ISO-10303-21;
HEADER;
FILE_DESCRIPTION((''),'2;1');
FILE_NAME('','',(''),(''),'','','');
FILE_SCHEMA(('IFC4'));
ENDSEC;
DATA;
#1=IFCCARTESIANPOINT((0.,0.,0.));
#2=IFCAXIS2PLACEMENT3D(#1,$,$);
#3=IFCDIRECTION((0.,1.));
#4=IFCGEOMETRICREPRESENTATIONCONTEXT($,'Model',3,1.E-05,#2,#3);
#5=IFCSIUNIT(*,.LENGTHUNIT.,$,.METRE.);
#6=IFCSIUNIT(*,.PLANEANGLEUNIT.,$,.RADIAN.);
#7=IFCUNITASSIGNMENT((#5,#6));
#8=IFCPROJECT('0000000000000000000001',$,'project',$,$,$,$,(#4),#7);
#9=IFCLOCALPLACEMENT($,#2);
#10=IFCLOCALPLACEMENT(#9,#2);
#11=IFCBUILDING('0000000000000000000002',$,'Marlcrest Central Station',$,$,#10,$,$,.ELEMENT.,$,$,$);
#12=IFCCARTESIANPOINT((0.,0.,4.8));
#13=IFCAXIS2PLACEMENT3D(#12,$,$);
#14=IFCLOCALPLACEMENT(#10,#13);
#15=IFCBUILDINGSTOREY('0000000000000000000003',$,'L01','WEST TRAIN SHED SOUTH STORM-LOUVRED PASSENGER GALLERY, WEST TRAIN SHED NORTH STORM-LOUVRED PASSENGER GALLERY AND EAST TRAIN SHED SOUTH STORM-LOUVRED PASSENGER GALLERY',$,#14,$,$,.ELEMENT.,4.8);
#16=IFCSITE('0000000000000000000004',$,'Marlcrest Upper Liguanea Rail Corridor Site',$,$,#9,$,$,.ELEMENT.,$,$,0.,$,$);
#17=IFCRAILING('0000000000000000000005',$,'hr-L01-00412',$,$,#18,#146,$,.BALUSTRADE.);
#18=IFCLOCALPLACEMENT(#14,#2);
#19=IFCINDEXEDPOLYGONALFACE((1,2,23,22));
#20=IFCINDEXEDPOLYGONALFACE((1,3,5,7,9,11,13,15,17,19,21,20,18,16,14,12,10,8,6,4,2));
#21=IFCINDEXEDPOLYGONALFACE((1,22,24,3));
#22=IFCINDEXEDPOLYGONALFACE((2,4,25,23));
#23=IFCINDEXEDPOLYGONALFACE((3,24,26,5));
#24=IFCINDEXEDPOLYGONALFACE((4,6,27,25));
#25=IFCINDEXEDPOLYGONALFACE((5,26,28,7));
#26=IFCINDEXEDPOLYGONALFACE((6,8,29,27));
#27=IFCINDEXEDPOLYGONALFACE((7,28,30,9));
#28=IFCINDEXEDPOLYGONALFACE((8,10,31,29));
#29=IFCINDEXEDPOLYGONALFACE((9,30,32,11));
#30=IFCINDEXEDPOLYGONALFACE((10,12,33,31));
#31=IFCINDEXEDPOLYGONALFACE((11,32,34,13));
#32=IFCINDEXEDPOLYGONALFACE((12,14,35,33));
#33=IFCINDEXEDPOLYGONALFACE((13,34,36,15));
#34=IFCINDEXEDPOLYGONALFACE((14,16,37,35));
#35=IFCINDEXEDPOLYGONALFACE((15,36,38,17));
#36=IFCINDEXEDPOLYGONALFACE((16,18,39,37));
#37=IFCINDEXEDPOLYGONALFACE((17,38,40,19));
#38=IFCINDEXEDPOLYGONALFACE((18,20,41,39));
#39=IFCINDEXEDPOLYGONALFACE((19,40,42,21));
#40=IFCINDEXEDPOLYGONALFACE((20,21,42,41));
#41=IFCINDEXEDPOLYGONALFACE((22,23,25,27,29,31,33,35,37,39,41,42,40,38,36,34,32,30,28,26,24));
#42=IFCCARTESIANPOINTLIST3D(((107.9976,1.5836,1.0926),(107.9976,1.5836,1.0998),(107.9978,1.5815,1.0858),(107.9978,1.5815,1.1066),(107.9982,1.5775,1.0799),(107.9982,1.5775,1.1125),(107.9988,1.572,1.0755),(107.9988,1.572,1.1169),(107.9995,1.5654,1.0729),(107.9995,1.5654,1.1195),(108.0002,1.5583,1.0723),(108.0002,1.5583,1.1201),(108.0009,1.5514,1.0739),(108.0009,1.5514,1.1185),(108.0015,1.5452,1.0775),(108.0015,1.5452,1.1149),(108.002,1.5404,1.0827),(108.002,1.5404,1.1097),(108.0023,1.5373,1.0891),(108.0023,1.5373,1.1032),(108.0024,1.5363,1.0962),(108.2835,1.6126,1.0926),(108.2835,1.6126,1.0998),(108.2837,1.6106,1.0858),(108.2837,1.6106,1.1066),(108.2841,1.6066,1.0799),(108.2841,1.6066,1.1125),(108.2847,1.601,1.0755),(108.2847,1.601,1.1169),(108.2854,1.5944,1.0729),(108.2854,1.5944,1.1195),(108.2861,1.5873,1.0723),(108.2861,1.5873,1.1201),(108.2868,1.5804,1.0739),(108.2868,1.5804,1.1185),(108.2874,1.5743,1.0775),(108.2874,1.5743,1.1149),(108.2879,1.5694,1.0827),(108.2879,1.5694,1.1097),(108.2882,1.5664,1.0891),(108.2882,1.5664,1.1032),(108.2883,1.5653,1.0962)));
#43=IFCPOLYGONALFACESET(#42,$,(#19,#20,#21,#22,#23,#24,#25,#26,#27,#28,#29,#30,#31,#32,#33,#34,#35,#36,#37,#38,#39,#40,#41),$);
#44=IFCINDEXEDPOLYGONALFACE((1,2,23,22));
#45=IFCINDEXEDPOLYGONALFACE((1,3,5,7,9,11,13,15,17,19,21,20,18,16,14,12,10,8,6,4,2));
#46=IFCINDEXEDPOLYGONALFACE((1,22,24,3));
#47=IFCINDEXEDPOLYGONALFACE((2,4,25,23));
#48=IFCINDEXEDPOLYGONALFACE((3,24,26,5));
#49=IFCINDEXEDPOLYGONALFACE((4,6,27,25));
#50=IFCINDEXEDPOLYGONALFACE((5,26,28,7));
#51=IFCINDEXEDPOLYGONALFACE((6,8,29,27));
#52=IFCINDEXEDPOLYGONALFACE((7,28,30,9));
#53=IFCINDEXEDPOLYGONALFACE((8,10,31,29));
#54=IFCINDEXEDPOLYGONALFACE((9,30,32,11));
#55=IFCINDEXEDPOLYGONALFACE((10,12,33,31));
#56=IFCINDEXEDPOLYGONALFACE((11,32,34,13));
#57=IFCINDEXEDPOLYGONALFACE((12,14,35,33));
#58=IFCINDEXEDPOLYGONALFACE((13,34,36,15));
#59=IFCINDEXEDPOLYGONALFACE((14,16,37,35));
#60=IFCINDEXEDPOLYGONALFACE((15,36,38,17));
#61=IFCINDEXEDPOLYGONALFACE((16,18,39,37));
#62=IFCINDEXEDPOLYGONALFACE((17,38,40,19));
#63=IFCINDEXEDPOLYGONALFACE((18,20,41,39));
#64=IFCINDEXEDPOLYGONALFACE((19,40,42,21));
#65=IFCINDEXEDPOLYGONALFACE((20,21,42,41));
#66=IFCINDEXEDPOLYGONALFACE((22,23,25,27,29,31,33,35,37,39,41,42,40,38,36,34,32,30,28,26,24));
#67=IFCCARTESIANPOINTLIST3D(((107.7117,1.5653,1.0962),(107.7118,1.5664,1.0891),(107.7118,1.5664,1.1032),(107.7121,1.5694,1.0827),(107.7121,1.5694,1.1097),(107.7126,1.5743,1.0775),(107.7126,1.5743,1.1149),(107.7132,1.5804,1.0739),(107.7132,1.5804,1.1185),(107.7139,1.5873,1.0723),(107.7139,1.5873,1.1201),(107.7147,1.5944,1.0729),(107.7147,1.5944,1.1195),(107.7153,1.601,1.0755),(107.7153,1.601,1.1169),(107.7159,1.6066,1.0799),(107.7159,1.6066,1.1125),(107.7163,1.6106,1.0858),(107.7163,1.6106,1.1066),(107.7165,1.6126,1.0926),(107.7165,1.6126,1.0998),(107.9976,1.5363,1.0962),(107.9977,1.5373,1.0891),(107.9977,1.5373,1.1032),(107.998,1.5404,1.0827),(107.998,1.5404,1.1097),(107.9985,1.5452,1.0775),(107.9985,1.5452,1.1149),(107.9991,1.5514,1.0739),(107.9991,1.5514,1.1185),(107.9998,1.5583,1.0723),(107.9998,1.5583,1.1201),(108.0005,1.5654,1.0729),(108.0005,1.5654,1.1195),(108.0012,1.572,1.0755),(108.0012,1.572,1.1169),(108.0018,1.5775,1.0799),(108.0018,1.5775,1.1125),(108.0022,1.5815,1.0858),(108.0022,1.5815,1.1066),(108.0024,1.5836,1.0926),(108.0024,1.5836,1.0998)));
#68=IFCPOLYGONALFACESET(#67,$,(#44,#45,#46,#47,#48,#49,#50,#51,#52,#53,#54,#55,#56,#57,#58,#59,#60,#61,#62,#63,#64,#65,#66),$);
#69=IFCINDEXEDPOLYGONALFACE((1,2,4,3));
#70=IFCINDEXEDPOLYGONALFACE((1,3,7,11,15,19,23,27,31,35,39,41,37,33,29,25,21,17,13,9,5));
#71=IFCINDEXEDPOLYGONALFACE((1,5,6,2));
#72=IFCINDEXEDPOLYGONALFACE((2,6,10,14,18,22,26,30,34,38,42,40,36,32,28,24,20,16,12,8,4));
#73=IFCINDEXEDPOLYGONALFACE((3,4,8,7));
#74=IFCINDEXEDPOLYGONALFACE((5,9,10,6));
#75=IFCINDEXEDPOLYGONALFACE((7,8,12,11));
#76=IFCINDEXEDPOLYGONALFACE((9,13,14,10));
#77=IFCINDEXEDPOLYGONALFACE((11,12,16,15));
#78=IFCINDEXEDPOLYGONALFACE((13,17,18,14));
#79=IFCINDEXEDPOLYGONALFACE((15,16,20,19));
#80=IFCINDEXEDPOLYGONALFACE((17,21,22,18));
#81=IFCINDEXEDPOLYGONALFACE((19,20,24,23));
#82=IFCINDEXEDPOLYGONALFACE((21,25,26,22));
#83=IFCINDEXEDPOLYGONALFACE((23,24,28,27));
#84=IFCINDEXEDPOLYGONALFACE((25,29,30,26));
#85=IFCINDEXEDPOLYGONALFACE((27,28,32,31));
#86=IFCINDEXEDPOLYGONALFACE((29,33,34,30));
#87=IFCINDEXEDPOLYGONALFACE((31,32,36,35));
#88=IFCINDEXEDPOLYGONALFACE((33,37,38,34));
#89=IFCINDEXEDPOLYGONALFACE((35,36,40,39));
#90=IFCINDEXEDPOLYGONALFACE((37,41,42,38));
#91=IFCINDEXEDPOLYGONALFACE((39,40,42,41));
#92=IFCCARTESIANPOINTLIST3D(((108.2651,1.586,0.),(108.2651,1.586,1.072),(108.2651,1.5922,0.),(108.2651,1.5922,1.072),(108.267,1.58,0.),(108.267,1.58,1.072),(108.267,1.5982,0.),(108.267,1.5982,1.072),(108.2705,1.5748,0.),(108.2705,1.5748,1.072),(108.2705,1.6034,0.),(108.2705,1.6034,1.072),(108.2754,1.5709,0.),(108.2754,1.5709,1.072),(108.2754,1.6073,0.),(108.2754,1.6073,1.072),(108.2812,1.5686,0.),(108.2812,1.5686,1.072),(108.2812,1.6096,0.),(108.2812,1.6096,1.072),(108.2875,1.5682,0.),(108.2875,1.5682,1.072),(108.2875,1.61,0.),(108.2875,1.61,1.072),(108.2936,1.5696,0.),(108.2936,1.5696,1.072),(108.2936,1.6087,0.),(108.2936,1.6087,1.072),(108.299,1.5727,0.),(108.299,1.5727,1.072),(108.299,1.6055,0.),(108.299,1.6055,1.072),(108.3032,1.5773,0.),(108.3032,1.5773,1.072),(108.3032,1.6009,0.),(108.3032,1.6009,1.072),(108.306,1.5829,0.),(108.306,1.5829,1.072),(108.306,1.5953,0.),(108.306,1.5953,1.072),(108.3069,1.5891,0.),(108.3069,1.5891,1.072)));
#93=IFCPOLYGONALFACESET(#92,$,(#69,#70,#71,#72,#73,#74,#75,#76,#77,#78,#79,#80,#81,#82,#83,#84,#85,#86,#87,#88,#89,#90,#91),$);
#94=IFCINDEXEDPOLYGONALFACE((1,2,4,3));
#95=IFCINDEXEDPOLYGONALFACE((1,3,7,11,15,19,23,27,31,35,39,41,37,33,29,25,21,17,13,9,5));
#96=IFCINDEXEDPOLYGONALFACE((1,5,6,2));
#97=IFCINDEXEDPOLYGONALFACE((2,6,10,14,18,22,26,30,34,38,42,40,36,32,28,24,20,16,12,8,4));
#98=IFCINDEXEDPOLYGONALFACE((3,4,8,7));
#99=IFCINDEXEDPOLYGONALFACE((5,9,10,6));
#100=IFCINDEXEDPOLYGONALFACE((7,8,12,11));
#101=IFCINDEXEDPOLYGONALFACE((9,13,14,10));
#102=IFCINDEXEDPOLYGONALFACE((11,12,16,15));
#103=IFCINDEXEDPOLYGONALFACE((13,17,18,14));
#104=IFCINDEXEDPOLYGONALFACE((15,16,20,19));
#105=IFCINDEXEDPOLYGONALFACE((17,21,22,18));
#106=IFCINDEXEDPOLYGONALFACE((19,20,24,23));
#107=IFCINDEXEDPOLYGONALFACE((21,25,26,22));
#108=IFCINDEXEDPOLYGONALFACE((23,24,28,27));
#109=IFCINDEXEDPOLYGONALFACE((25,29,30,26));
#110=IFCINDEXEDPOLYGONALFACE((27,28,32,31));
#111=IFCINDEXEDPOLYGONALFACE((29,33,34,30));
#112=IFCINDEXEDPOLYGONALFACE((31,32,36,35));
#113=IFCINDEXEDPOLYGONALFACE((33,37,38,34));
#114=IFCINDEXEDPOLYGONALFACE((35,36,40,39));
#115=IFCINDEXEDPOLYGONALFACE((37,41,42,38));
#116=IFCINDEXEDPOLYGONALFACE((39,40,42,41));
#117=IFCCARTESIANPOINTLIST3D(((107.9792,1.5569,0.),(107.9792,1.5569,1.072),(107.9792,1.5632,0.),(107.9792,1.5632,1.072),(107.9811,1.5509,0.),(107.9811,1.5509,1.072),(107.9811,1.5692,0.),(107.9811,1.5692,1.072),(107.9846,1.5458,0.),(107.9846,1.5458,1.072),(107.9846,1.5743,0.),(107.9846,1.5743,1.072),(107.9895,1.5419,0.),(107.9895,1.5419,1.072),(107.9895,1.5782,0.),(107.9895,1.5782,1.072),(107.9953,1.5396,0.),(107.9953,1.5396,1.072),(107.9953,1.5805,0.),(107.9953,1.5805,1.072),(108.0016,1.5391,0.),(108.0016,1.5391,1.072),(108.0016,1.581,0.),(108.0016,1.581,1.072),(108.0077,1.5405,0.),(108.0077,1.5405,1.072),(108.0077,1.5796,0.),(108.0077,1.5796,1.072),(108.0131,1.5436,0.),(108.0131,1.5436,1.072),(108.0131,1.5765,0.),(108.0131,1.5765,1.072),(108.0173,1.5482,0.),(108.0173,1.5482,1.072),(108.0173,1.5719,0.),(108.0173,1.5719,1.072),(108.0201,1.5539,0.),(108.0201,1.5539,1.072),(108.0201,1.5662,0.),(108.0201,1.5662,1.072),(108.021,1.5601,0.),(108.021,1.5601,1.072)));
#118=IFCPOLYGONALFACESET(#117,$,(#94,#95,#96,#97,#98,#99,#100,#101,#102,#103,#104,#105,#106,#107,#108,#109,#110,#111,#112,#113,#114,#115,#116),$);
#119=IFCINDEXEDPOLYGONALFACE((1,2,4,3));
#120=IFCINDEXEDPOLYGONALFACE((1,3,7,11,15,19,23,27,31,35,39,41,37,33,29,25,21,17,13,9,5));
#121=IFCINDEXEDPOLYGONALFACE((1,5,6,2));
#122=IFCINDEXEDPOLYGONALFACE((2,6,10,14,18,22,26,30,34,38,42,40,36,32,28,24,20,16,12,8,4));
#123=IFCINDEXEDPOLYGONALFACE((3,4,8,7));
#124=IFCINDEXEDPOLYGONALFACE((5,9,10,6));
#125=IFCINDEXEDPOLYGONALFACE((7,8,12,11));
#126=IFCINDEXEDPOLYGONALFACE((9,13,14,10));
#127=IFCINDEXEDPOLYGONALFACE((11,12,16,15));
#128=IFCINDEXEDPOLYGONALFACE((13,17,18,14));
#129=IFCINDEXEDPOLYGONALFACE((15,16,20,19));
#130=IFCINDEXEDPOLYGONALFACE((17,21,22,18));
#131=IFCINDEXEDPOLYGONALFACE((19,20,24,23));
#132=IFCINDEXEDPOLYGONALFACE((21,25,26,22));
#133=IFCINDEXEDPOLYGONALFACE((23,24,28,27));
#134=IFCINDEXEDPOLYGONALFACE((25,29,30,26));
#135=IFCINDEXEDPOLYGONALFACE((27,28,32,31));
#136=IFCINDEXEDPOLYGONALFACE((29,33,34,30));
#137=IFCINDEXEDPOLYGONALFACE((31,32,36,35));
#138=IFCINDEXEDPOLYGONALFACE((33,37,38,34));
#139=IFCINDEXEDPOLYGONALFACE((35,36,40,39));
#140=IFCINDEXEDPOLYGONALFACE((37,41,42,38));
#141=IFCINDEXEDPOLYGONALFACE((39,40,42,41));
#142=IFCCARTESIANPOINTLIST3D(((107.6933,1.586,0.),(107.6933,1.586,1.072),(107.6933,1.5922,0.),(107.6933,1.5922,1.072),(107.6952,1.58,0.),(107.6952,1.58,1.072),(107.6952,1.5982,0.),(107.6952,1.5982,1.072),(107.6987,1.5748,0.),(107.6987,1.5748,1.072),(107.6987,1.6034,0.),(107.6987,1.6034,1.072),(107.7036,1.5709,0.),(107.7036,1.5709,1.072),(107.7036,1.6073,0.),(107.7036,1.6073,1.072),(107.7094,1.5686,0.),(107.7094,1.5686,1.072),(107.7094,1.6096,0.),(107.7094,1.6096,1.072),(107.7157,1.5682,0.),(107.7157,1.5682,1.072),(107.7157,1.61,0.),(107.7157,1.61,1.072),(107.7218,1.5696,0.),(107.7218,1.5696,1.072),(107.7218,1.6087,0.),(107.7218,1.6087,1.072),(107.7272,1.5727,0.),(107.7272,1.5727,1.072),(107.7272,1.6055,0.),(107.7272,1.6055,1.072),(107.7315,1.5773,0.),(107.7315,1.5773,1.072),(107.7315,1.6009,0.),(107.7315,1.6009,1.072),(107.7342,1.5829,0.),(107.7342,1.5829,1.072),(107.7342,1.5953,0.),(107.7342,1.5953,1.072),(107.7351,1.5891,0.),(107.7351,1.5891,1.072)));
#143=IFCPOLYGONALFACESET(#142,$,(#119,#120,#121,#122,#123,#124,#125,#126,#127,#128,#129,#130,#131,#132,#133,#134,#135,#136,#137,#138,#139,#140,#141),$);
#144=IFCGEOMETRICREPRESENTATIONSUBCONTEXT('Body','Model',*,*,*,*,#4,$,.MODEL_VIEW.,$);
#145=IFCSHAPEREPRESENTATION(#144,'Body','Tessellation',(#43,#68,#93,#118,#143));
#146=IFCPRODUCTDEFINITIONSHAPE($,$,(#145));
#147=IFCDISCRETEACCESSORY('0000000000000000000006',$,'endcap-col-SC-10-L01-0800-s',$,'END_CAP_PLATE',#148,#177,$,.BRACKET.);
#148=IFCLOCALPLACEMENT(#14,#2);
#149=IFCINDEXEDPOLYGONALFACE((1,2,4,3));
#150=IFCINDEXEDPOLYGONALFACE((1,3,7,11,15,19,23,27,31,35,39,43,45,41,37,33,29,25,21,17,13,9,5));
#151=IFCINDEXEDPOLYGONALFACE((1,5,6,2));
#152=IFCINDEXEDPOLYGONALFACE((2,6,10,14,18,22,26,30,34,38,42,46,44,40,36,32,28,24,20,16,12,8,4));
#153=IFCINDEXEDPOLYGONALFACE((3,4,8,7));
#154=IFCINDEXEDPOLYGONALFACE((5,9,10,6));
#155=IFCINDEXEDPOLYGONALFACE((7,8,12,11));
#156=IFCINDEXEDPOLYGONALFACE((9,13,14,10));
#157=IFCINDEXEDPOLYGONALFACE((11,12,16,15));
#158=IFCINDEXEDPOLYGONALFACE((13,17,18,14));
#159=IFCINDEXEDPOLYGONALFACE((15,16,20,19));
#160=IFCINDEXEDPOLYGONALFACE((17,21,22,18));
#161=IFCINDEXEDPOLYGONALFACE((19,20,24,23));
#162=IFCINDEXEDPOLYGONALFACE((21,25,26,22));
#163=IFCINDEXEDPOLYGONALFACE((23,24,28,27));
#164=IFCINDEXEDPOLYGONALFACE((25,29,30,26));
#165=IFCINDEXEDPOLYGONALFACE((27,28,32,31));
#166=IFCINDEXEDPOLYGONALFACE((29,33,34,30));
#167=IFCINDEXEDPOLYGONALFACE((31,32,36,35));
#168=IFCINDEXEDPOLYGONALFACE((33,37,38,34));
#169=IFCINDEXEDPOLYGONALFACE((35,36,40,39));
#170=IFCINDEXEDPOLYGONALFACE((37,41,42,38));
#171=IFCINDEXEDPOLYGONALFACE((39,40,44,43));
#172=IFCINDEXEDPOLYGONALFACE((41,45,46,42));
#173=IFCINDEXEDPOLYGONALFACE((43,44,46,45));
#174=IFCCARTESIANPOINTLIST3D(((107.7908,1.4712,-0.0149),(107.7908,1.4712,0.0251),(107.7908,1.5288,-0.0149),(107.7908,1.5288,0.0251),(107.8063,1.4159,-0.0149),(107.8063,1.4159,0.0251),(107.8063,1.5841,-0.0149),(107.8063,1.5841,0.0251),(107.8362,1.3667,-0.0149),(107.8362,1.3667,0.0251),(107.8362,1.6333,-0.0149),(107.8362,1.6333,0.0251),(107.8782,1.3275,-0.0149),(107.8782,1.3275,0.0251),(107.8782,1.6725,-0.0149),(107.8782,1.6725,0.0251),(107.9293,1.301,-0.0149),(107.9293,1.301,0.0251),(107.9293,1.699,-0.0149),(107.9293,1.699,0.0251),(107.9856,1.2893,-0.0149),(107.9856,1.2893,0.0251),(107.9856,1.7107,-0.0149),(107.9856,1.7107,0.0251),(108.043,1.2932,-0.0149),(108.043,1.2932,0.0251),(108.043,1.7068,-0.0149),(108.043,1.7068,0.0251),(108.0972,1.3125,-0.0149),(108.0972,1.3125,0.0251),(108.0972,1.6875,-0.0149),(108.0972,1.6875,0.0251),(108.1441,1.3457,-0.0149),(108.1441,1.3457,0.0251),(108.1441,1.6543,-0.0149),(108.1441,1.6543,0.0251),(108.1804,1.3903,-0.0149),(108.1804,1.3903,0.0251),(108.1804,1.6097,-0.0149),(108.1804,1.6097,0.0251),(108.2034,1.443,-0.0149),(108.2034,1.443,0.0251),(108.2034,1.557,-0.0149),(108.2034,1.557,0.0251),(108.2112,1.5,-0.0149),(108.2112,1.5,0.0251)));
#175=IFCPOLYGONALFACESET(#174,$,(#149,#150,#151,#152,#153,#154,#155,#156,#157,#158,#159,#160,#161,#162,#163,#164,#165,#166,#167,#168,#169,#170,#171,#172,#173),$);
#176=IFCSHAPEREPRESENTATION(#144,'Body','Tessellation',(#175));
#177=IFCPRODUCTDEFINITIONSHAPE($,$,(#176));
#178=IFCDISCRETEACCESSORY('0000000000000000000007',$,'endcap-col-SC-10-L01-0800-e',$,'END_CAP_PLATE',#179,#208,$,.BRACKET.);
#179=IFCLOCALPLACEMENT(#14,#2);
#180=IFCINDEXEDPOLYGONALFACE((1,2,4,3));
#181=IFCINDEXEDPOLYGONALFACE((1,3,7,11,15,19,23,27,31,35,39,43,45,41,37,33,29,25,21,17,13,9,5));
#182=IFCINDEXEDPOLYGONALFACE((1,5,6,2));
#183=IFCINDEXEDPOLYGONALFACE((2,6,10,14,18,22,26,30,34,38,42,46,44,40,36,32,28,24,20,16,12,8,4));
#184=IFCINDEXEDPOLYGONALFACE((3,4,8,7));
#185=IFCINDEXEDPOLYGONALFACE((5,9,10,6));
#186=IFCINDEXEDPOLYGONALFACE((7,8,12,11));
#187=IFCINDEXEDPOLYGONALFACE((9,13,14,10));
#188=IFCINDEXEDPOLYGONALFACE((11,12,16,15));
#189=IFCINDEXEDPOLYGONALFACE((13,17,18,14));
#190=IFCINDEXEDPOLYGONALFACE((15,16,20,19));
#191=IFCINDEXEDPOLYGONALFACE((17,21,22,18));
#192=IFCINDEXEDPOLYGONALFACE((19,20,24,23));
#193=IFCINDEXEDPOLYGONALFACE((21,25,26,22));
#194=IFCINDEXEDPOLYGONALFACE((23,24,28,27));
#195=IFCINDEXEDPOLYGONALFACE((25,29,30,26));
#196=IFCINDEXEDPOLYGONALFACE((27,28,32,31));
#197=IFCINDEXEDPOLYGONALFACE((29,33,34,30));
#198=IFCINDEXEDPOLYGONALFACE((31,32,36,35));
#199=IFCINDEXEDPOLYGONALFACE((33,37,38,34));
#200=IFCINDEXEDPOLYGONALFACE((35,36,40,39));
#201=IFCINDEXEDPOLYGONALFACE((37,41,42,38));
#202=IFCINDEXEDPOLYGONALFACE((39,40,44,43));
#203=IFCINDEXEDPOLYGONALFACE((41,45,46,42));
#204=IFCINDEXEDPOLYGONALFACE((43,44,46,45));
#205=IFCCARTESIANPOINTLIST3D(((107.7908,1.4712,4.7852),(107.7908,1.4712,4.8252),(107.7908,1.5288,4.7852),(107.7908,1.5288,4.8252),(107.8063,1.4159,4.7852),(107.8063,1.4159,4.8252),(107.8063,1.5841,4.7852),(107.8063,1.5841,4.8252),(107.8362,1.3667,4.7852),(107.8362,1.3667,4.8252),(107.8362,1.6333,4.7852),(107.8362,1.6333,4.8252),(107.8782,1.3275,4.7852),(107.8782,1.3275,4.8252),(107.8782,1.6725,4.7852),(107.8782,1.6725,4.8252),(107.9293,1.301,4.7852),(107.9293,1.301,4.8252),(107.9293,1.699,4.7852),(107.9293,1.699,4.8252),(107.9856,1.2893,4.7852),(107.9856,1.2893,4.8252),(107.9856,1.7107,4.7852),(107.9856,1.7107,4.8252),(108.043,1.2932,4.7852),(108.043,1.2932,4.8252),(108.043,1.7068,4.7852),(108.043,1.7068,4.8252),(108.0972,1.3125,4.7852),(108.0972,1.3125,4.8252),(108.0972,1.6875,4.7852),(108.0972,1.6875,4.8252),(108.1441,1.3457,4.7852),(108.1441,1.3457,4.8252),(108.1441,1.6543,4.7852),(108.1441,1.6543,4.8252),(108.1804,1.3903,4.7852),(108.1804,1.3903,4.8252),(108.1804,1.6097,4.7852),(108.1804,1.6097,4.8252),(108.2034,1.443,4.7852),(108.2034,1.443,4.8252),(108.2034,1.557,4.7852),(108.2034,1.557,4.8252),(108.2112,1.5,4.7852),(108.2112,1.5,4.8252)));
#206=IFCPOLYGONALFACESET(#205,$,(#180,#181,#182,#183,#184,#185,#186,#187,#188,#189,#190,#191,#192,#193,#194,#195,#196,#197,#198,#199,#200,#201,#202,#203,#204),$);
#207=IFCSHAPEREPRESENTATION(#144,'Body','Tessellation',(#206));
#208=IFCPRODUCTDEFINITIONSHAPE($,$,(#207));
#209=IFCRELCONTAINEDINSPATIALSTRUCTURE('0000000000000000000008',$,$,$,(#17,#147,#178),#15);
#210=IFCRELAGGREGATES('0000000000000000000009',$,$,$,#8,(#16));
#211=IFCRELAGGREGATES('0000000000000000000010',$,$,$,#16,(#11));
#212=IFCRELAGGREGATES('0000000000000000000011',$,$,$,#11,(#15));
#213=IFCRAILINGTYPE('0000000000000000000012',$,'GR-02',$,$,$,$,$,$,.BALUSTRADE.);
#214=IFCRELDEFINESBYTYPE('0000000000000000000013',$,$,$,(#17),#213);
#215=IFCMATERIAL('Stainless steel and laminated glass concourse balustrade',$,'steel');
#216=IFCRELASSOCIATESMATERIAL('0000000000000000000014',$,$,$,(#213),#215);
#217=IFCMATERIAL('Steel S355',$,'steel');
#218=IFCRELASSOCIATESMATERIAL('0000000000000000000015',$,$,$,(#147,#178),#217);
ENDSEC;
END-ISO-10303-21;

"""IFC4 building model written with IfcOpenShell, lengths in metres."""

from ifc_helpers import new_model, si_unit, direction, frame, origin, origin_2d, place, context, subcontext, project, spatial, circle, extrude, material, type_object, element, save


model = new_model("IFC4")

# Units and contexts
model_context = context("Model", 3, precision=1e-05, world=origin(), true_north=direction((0.0, 1.0)))
body_context = subcontext(model_context, "Body", "Model", "MODEL_VIEW")
ifc_project = project(units=[si_unit("LENGTHUNIT", "METRE"), si_unit("PLANEANGLEUNIT", "RADIAN")], contexts=[model_context])

# Site, building, storey
site_placement = place(None, origin())
site = spatial("IfcSite", under=ifc_project, at=site_placement, Name="Marlcrest Upper Liguanea Rail Corridor Site", CompositionType="ELEMENT", RefElevation=0.0)
building_placement = place(site_placement, origin())
building = spatial("IfcBuilding", under=site, at=building_placement, Name="Marlcrest Central Station", CompositionType="ELEMENT")
storey_placement = place(building_placement, frame((0.0, 0.0, 4.8)))
storey = spatial("IfcBuildingStorey", under=building, at=storey_placement, Name="L01", Description="WEST TRAIN SHED SOUTH STORM-LOUVRED PASSENGER GALLERY, WEST TRAIN SHED NORTH STORM-LOUVRED PASSENGER GALLERY AND EAST TRAIN SHED SOUTH STORM-LOUVRED PASSENGER GALLERY", CompositionType="ELEMENT", Elevation=4.8)

# Shared definitions
ifc_material_1 = material(Name="Steel S355", Category="steel")

# Railing
ifc_material_2 = material(Name="Stainless steel and laminated glass concourse balustrade", Category="steel")
railing_type = type_object("IfcRailingType", Name="GR-02", PredefinedType="BALUSTRADE", material=ifc_material_2)
railing_1_placement = place(storey_placement, frame((108.2859, 1.5891, 0.0)))
element("IfcRailing", 1, at=railing_1_placement, inside=storey, type_object=railing_type, Name="hr-L01-00412", PredefinedType="BALUSTRADE", context=body_context, shape_type="SweptSolid", body=[
    extrude(circle(Radius=0.0239, at=origin_2d()), frame((0.0, 0.0, 1.0962), z_axis=(-0.994876, -0.101102, 0.0), x_axis=(0.101102, -0.994876, 0.0)), (0.0, 0.0, 1.0), 0.2874),
    extrude(circle(Radius=0.0239, at=origin_2d()), frame((-0.2859, -0.0291, 1.0962), z_axis=(-0.994876, 0.101102, 0.0), x_axis=(-0.101102, -0.994876, 0.0)), (0.0, 0.0, 1.0), 0.2874),
    extrude(circle(Radius=0.021, at=origin_2d()), origin(), (0.0, 0.0, 1.0), 1.072),
    extrude(circle(Radius=0.021, at=origin_2d()), frame((-0.2859, -0.0291, 0.0)), (0.0, 0.0, 1.0), 1.072),
    extrude(circle(Radius=0.021, at=origin_2d()), frame((-0.5718, 0.0, 0.0)), (0.0, 0.0, 1.0), 1.072),
])

# Discrete accessories
for number, where, z_axis, x_axis, name in (
    (2, (108.0, 1.5, -0.0149), (0.0, 0.0, 1.0), (1.0, 0.0, 0.0), "endcap-col-SC-10-L01-0800-s"),
    (3, (108.0, 1.5, 4.7852), (0.0, 0.0, 1.0), (1.0, 0.0, 0.0), "endcap-col-SC-10-L01-0800-e"),
):
    element("IfcDiscreteAccessory", number, at=place(storey_placement, frame(where, z_axis=z_axis, x_axis=x_axis)), inside=storey, material=ifc_material_1, Name=name, ObjectType="END_CAP_PLATE", PredefinedType="BRACKET", context=body_context, shape_type="SweptSolid", body=[
        extrude(circle(Radius=0.2112, at=origin_2d()), origin(), (0.0, 0.0, 1.0), 0.04),
    ])

save(model, "model.ifc")
